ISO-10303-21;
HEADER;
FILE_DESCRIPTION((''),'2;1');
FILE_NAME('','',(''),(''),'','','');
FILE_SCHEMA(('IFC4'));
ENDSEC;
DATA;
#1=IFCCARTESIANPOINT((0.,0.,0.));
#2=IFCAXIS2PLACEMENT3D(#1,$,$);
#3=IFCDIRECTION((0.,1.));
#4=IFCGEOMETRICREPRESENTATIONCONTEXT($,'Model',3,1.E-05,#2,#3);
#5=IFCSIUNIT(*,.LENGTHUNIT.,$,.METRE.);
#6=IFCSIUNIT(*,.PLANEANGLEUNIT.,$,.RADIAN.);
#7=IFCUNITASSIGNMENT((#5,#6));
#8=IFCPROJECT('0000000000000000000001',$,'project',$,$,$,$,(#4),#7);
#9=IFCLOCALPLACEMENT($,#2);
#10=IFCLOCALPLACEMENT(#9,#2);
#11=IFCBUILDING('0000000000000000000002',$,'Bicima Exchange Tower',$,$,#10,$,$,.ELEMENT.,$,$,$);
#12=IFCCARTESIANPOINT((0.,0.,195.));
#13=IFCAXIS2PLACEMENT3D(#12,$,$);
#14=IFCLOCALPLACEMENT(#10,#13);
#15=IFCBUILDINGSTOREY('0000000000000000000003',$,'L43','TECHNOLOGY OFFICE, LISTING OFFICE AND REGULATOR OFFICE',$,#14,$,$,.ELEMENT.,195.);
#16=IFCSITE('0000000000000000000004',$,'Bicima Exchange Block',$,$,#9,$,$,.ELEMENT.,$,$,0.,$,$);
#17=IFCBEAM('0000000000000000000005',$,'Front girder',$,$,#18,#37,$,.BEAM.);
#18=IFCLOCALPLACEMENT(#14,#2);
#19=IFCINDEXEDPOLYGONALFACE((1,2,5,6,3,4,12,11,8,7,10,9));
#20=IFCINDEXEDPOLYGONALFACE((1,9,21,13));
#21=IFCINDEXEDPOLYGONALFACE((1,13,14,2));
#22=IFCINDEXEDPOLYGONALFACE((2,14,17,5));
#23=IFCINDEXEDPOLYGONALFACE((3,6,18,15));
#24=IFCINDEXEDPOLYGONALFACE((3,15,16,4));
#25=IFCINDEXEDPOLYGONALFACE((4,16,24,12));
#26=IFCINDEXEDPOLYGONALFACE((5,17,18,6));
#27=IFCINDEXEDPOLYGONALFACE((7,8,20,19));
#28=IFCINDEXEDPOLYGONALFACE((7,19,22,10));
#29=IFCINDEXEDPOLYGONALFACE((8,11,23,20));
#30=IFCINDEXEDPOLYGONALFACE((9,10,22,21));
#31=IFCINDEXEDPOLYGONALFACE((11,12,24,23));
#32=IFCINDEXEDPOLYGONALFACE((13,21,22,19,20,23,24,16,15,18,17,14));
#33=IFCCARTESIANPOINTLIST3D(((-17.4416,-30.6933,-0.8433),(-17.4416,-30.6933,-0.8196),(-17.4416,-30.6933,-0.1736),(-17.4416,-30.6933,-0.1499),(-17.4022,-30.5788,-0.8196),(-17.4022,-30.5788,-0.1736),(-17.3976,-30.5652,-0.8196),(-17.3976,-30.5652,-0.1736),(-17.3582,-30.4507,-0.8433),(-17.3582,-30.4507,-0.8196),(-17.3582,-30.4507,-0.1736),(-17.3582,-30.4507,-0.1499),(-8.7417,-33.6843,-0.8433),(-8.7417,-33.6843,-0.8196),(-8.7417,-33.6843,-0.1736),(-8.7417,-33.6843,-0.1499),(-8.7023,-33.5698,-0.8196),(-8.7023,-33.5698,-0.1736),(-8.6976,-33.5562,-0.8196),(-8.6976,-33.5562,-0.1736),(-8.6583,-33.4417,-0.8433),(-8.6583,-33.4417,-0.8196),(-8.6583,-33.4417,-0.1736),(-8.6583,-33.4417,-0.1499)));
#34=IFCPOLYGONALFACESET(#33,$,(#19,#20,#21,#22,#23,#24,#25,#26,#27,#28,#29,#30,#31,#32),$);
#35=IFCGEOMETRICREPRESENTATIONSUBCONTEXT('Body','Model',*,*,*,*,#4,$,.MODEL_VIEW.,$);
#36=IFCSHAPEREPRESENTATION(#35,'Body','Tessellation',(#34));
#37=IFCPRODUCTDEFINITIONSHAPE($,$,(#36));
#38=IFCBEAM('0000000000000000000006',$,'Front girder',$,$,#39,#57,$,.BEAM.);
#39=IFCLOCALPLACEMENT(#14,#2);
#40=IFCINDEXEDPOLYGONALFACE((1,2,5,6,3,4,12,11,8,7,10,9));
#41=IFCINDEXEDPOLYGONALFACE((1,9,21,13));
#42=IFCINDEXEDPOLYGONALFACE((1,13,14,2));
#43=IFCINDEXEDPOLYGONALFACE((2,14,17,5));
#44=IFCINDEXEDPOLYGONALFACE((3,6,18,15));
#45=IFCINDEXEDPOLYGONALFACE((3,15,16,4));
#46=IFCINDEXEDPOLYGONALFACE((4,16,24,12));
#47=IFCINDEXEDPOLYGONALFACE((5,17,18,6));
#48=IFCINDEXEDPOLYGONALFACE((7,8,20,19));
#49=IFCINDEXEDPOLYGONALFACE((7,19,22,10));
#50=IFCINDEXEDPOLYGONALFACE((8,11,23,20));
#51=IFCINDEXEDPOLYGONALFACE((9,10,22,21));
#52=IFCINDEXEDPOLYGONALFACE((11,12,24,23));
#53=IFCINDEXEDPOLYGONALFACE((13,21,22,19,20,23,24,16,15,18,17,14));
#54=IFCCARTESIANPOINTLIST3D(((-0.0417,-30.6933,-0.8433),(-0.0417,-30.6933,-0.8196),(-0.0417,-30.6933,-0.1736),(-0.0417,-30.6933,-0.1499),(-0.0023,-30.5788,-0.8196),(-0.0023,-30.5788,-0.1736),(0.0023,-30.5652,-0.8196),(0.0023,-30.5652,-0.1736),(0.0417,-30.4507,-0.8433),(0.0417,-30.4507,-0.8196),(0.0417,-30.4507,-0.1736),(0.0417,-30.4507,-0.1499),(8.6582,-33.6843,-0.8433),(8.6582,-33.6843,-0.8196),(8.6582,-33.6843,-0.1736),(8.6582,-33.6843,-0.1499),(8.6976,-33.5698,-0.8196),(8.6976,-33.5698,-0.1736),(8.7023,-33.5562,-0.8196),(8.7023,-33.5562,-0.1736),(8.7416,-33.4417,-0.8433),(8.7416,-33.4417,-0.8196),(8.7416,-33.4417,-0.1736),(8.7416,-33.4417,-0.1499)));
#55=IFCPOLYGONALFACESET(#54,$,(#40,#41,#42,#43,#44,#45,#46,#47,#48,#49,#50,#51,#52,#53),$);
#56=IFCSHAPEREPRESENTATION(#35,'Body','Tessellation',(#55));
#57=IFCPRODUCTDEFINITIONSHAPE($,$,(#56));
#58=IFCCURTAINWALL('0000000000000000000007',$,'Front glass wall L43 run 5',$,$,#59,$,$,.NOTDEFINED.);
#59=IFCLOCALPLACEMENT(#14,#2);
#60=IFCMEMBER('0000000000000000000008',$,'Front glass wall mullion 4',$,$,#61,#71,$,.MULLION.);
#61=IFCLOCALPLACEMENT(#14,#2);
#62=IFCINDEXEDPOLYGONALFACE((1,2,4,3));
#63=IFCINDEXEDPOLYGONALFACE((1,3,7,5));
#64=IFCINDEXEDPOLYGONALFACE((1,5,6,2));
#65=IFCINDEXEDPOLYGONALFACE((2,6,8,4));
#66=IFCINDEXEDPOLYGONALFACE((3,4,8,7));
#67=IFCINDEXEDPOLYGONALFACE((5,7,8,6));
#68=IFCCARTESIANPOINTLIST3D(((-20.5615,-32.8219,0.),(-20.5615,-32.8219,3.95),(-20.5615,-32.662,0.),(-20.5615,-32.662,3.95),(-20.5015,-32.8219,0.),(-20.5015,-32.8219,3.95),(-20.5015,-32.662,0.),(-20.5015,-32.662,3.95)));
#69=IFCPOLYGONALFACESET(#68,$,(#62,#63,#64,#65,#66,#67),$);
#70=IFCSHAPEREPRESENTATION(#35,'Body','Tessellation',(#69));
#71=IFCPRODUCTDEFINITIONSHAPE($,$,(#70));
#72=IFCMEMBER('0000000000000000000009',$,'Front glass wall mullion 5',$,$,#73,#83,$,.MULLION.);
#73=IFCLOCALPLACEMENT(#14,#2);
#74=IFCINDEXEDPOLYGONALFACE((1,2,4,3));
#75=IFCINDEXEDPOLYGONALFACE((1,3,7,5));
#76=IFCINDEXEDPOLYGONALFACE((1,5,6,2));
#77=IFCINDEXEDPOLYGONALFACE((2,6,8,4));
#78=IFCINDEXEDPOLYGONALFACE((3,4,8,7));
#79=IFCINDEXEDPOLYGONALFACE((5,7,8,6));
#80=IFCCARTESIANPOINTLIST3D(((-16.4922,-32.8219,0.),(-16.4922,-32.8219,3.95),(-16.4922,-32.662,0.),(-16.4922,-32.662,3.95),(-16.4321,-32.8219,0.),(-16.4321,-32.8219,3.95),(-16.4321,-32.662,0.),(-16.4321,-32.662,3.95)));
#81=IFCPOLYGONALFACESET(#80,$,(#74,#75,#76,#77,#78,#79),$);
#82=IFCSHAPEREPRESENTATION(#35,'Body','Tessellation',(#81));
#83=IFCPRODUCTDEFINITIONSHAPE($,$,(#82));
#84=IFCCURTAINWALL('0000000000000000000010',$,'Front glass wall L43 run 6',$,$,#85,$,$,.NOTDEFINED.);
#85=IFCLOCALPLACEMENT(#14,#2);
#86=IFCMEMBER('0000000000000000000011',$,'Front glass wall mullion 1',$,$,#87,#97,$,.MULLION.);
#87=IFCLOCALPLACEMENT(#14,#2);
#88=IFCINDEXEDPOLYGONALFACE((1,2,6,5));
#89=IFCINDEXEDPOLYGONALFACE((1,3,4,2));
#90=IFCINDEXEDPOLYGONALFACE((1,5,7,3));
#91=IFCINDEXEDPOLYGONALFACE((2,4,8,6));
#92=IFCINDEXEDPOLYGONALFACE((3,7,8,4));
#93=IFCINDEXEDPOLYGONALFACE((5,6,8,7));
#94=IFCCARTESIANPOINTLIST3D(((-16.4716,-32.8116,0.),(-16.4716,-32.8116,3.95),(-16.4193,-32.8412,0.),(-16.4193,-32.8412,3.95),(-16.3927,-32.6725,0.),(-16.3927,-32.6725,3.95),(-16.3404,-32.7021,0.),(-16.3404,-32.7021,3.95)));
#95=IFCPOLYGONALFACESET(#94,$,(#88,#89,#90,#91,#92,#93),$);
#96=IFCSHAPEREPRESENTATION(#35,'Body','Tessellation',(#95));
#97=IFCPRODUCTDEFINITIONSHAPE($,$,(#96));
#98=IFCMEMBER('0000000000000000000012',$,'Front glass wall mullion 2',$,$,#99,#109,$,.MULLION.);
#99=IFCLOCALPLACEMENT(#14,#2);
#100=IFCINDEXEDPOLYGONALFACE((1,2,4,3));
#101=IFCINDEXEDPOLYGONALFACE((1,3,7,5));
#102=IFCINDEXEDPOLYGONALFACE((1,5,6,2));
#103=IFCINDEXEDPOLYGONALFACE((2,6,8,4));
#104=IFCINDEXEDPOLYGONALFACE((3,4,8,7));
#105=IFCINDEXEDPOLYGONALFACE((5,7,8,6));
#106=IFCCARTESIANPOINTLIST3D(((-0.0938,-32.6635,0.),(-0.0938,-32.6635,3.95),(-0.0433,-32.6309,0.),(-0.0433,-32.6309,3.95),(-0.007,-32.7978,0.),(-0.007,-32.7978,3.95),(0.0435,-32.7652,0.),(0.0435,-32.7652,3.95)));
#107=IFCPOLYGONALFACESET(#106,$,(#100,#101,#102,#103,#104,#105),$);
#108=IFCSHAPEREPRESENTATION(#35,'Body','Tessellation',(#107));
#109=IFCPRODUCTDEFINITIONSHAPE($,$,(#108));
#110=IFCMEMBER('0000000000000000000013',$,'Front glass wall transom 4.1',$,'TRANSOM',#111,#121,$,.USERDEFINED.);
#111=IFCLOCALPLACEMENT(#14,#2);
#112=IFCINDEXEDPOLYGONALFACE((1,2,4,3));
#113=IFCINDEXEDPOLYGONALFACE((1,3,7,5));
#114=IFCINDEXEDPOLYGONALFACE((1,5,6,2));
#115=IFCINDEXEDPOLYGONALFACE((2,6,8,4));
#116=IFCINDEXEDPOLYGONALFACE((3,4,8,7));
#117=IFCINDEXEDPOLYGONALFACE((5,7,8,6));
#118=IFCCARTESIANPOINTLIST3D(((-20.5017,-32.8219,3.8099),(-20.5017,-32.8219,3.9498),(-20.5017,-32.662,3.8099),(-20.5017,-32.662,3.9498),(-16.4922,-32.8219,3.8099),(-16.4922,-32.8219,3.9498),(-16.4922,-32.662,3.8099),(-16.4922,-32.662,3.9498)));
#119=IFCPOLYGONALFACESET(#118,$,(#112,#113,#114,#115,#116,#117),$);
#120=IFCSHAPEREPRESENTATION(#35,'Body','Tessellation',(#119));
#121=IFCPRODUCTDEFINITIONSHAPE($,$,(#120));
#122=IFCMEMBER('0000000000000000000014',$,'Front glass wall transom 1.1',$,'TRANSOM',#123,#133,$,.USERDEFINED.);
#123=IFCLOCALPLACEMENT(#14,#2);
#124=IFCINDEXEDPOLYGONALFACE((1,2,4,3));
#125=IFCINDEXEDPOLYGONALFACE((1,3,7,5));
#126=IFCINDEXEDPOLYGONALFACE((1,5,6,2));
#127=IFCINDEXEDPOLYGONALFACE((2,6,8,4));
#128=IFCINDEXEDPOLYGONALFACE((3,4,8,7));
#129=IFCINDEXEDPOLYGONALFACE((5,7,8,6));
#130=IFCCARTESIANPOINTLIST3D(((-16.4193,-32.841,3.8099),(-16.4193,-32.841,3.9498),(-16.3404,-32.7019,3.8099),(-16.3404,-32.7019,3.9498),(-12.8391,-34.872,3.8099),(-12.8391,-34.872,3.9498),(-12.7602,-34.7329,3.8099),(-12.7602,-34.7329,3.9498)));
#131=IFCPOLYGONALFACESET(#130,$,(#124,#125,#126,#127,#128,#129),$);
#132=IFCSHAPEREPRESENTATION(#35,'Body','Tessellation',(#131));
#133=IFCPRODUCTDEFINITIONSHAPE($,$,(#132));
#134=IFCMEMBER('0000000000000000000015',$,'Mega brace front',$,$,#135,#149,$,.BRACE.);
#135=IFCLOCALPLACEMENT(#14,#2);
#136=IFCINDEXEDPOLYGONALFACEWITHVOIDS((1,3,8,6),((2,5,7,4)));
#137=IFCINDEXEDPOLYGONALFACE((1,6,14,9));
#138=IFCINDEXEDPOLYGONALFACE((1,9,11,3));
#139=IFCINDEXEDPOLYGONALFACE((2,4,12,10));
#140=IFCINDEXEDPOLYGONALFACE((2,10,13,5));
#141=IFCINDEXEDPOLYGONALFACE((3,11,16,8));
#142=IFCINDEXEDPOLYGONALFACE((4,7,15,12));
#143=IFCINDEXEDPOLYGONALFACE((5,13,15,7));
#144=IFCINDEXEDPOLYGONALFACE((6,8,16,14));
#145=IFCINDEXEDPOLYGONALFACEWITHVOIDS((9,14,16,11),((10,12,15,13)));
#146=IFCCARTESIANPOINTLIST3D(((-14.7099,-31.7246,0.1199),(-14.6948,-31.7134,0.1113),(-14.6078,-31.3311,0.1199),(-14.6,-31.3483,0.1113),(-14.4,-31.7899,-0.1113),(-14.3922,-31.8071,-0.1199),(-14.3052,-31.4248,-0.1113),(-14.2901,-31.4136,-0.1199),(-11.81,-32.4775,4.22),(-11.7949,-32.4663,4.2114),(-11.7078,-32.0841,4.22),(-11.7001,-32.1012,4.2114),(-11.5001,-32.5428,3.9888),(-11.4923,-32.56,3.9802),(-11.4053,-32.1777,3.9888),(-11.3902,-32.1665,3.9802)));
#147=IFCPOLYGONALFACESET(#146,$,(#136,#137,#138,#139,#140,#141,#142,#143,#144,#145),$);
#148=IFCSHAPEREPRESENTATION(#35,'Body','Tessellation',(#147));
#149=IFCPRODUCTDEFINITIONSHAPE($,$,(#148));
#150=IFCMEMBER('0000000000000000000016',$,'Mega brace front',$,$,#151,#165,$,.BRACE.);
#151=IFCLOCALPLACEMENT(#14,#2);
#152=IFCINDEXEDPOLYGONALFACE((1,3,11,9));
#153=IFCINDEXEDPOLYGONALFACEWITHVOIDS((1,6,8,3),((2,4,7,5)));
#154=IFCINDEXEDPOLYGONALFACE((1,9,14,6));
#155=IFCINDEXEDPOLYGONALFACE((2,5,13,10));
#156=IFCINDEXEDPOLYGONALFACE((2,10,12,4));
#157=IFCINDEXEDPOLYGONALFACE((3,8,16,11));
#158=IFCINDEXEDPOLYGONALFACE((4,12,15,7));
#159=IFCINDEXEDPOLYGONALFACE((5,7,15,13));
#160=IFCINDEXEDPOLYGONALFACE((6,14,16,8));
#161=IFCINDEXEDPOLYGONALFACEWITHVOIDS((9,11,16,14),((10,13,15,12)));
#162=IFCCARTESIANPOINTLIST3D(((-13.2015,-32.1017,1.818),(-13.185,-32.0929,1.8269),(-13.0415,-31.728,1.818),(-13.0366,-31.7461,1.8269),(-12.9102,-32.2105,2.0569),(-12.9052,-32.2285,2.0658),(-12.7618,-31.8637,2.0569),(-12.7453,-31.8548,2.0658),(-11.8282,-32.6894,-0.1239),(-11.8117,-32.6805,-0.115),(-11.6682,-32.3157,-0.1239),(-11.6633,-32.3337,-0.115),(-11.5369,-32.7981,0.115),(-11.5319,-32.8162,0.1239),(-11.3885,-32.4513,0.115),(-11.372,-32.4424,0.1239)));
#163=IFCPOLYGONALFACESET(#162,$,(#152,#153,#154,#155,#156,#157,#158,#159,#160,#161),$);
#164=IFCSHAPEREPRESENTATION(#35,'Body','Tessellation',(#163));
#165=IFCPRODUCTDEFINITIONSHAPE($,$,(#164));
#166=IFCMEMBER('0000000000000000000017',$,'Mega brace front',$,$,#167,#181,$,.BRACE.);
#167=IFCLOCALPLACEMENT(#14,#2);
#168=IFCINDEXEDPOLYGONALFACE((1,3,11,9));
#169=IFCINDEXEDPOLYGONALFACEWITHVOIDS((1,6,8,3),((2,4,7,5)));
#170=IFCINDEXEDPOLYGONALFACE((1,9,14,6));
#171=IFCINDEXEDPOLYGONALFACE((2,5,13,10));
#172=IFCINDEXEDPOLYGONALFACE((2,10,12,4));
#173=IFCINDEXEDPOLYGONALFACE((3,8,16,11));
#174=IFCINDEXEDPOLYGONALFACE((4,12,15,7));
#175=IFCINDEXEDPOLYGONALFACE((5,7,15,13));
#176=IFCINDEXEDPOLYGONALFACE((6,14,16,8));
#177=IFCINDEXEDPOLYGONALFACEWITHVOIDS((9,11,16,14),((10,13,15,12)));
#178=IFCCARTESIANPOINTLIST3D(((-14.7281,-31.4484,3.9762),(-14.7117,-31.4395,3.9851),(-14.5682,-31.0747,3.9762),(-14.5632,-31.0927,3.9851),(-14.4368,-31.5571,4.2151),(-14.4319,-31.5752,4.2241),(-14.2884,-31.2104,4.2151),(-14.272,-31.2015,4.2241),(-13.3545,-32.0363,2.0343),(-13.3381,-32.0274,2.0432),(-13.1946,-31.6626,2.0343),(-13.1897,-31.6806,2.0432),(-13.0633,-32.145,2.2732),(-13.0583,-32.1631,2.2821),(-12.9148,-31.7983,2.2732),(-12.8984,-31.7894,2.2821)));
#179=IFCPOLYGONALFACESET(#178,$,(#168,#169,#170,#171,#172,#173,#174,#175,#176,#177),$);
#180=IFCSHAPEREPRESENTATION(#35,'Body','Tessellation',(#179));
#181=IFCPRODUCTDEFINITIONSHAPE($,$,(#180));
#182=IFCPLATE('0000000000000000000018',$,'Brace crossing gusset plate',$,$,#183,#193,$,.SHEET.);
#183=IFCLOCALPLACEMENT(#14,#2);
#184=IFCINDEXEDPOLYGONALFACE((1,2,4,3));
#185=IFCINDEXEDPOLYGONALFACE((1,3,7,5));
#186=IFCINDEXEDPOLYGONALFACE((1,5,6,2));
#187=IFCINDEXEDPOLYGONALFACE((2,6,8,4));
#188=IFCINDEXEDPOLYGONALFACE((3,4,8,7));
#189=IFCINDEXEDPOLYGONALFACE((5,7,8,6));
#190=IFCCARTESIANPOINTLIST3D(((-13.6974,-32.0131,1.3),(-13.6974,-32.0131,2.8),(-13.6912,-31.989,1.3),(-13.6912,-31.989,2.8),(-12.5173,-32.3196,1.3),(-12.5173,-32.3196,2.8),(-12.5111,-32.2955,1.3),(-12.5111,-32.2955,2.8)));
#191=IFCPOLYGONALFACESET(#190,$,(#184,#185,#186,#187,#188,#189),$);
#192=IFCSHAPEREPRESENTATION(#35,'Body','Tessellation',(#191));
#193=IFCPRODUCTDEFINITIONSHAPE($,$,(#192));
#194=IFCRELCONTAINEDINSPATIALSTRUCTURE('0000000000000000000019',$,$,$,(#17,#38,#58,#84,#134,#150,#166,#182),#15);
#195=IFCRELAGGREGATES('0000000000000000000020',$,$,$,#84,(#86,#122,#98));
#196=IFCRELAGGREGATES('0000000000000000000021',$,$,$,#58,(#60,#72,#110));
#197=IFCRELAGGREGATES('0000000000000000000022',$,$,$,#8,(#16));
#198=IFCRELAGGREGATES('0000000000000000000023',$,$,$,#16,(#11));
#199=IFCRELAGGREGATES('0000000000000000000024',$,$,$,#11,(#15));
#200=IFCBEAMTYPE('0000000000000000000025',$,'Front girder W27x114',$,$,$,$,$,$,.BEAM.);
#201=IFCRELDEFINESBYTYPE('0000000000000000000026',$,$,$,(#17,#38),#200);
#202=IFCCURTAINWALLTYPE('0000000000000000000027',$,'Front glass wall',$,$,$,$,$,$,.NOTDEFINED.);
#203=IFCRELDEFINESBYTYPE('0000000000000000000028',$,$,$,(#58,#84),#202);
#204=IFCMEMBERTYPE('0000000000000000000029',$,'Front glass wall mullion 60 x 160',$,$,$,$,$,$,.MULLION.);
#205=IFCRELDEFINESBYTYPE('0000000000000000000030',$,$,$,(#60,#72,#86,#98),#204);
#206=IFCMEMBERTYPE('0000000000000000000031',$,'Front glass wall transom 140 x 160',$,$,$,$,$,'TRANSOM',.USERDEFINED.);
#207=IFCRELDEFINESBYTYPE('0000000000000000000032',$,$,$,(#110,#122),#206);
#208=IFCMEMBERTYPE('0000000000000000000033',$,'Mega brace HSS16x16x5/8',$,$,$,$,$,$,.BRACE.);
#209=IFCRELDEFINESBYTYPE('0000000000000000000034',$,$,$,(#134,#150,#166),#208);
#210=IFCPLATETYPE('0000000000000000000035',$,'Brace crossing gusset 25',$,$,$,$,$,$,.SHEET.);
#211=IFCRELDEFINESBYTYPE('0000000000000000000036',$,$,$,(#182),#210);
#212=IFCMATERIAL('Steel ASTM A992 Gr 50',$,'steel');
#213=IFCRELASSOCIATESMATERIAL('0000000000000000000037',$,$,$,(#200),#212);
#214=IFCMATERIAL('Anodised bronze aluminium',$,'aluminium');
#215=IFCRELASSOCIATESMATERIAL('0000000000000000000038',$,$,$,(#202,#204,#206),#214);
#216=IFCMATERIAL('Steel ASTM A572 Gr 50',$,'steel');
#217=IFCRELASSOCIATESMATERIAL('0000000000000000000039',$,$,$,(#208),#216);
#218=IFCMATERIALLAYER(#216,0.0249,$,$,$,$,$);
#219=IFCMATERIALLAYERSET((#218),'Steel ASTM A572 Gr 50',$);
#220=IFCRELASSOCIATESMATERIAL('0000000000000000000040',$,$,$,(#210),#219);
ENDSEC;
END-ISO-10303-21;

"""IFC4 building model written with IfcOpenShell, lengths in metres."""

from ifc_helpers import new_model, si_unit, direction, frame, origin, origin_2d, place, context, subcontext, project, spatial, rectangle, hollow_rectangle, i_section, extrude, material, layer, layer_set, material_profile, profile_set, type_object, element, aggregate, save


model = new_model("IFC4")

# Units and contexts
model_context = context("Model", 3, precision=1e-05, world=origin(), true_north=direction((0.0, 1.0)))
body_context = subcontext(model_context, "Body", "Model", "MODEL_VIEW")
ifc_project = project(units=[si_unit("LENGTHUNIT", "METRE"), si_unit("PLANEANGLEUNIT", "RADIAN")], contexts=[model_context])

# Site, building, storey
site_placement = place(None, origin())
site = spatial("IfcSite", under=ifc_project, at=site_placement, Name="Bicima Exchange Block", CompositionType="ELEMENT", RefElevation=0.0)
building_placement = place(site_placement, origin())
building = spatial("IfcBuilding", under=site, at=building_placement, Name="Bicima Exchange Tower", CompositionType="ELEMENT")
storey_placement = place(building_placement, frame((0.0, 0.0, 195.0)))
storey = spatial("IfcBuildingStorey", under=building, at=storey_placement, Name="L43", Description="TECHNOLOGY OFFICE, LISTING OFFICE AND REGULATOR OFFICE", CompositionType="ELEMENT", Elevation=195.0)

# Shared definitions
ifc_material_1 = material(Name="Steel ASTM A992 Gr 50", Category="steel")

# Beams
ifc_material_profile_1 = material_profile(ifc_material_1, i_section(OverallWidth=0.2566, OverallDepth=0.6934, WebThickness=0.0144, FlangeThickness=0.0237, at=origin_2d()))
ifc_profile_set_1 = profile_set([ifc_material_profile_1], Name="Steel ASTM A992 Gr 50")
beam_type_1 = type_object("IfcBeamType", Name="Front girder W27x114", PredefinedType="BEAM", material=ifc_profile_set_1)
for number, where, z_axis, x_axis, name in (
    (1, (-17.3999, -30.572, -0.4966), (0.945675, -0.325115, 0.0), (0.325115, 0.945675, 0.0), "Front girder"),
    (2, (0.0, -30.572, -0.4966), (0.945675, -0.325115, 0.0), (0.325115, 0.945675, 0.0), "Front girder"),
):
    element("IfcBeam", number, at=place(storey_placement, frame(where, z_axis=z_axis, x_axis=x_axis)), inside=storey, type_object=beam_type_1, Name=name, PredefinedType="BEAM", context=body_context, shape_type="SweptSolid", body=[
        extrude(i_section(OverallWidth=0.2566, OverallDepth=0.6934, WebThickness=0.0144, FlangeThickness=0.0237, at=origin_2d()), origin(), (0.0, 0.0, 1.0), 9.1997),
    ])

# Curtain walls, members
ifc_material_2 = material(Name="Anodised bronze aluminium", Category="aluminium")
curtain_wall_type = type_object("IfcCurtainWallType", Name="Front glass wall", PredefinedType="NOTDEFINED", material=ifc_material_2)
curtain_wall_1_placement = place(storey_placement, origin())
curtain_wall_1 = element("IfcCurtainWall", 3, at=curtain_wall_1_placement, inside=storey, type_object=curtain_wall_type, Name="Front glass wall L43 run 5", PredefinedType="NOTDEFINED")
ifc_material_profile_2 = material_profile(ifc_material_2, rectangle(XDim=0.1599, YDim=0.0601, at=origin_2d()))
ifc_profile_set_2 = profile_set([ifc_material_profile_2], Name="Anodised bronze aluminium")
member_type_1 = type_object("IfcMemberType", Name="Front glass wall mullion 60 x 160", PredefinedType="MULLION", material=ifc_profile_set_2)
member_1_placement = place(storey_placement, frame((-20.5315, -32.7419, 0.0), z_axis=(0.0, 0.0, 1.0), x_axis=(0.0, 1.0, 0.0)))
member_1 = element("IfcMember", 4, at=member_1_placement, type_object=member_type_1, Name="Front glass wall mullion 4", PredefinedType="MULLION", context=body_context, shape_type="SweptSolid", body=[
    extrude(rectangle(XDim=0.1599, YDim=0.0601, at=origin_2d()), origin(), (0.0, 0.0, 1.0), 3.95),
])
member_2_placement = place(storey_placement, frame((-16.4622, -32.7419, 0.0), z_axis=(0.0, 0.0, 1.0), x_axis=(0.0, 1.0, 0.0)))
member_2 = element("IfcMember", 5, at=member_2_placement, type_object=member_type_1, Name="Front glass wall mullion 5", PredefinedType="MULLION", context=body_context, shape_type="SweptSolid", body=[
    extrude(rectangle(XDim=0.1599, YDim=0.0601, at=origin_2d()), origin(), (0.0, 0.0, 1.0), 3.95),
])
curtain_wall_2_placement = place(storey_placement, origin())
curtain_wall_2 = element("IfcCurtainWall", 6, at=curtain_wall_2_placement, inside=storey, type_object=curtain_wall_type, Name="Front glass wall L43 run 6", PredefinedType="NOTDEFINED")
member_3_placement = place(storey_placement, frame((-16.406, -32.7568, 0.0), z_axis=(0.0, 0.0, 1.0), x_axis=(0.493395, 0.869805, 0.0)))
member_3 = element("IfcMember", 7, at=member_3_placement, type_object=member_type_1, Name="Front glass wall mullion 1", PredefinedType="MULLION", context=body_context, shape_type="SweptSolid", body=[
    extrude(rectangle(XDim=0.1599, YDim=0.0601, at=origin_2d()), origin(), (0.0, 0.0, 1.0), 3.95),
])
member_4_placement = place(storey_placement, frame((-0.0251, -32.7144, 0.0), z_axis=(0.0, 0.0, 1.0), x_axis=(-0.542897, 0.839799, 0.0)))
member_4 = element("IfcMember", 8, at=member_4_placement, type_object=member_type_1, Name="Front glass wall mullion 2", PredefinedType="MULLION", context=body_context, shape_type="SweptSolid", body=[
    extrude(rectangle(XDim=0.1599, YDim=0.0601, at=origin_2d()), origin(), (0.0, 0.0, 1.0), 3.95),
])

# Members
ifc_material_profile_3 = material_profile(ifc_material_2, rectangle(XDim=0.1599, YDim=0.1399, at=origin_2d()))
ifc_profile_set_3 = profile_set([ifc_material_profile_3], Name="Anodised bronze aluminium")
member_type_2 = type_object("IfcMemberType", Name="Front glass wall transom 140 x 160", ElementType="TRANSOM", PredefinedType="USERDEFINED", material=ifc_profile_set_3)
member_5_placement = place(storey_placement, frame((-20.5017, -32.7419, 3.8799), z_axis=(1.0, 0.0, 0.0), x_axis=(0.0, 1.0, 0.0)))
member_5 = element("IfcMember", 9, at=member_5_placement, type_object=member_type_2, Name="Front glass wall transom 4.1", ObjectType="TRANSOM", PredefinedType="USERDEFINED", context=body_context, shape_type="SweptSolid", body=[
    extrude(rectangle(XDim=0.1599, YDim=0.1399, at=origin_2d()), origin(), (0.0, 0.0, 1.0), 4.0095),
])
member_6_placement = place(storey_placement, frame((-16.3799, -32.7715, 3.8799), z_axis=(0.869797, -0.493409, 0.0), x_axis=(0.493409, 0.869797, 0.0)))
member_6 = element("IfcMember", 10, at=member_6_placement, type_object=member_type_2, Name="Front glass wall transom 1.1", ObjectType="TRANSOM", PredefinedType="USERDEFINED", context=body_context, shape_type="SweptSolid", body=[
    extrude(rectangle(XDim=0.1599, YDim=0.1399, at=origin_2d()), origin(), (0.0, 0.0, 1.0), 4.1162),
])
aggregate(curtain_wall_2, [member_3, member_6, member_4])

# Members
ifc_material_3 = material(Name="Steel ASTM A572 Gr 50", Category="steel")
ifc_material_profile_4 = material_profile(ifc_material_3, hollow_rectangle(XDim=0.4065, YDim=0.4065, WallThickness=0.0146, at=origin_2d()))
ifc_profile_set_4 = profile_set([ifc_material_profile_4], Name="Steel ASTM A572 Gr 50")
member_type_3 = type_object("IfcMemberType", Name="Mega brace HSS16x16x5/8", PredefinedType="BRACE", material=ifc_profile_set_4)
member_7_placement = place(storey_placement, frame((-14.5, -31.5691, 0.0), z_axis=(0.57106, -0.14827, 0.807407), x_axis=(0.251307, 0.967907, 0.0)))
element("IfcMember", 11, at=member_7_placement, inside=storey, type_object=member_type_3, Name="Mega brace front", PredefinedType="BRACE", context=body_context, shape_type="SweptSolid", body=[
    extrude(hollow_rectangle(XDim=0.4065, YDim=0.4065, WallThickness=0.0146, at=origin_2d()), origin(), (0.0, 0.0, 1.0), 5.0781),
])
member_8_placement = place(storey_placement, frame((-11.6001, -32.5659, 0.0), z_axis=(-0.56054, 0.239861, 0.792629), x_axis=(-0.393406, -0.919365, 0.0)))
element("IfcMember", 12, at=member_8_placement, inside=storey, type_object=member_type_3, Name="Mega brace front", PredefinedType="BRACE", context=body_context, shape_type="SweptSolid", body=[
    extrude(hollow_rectangle(XDim=0.4065, YDim=0.4065, WallThickness=0.0146, at=origin_2d()), origin(), (0.0, 0.0, 1.0), 2.45),
])
member_9_placement = place(storey_placement, frame((-13.1265, -31.9128, 2.1582), z_axis=(-0.560595, 0.239942, 0.792566), x_axis=(-0.393485, -0.919331, 0.0)))
element("IfcMember", 13, at=member_9_placement, inside=storey, type_object=member_type_3, Name="Mega brace front", PredefinedType="BRACE", context=body_context, shape_type="SweptSolid", body=[
    extrude(hollow_rectangle(XDim=0.4065, YDim=0.4065, WallThickness=0.0146, at=origin_2d()), origin(), (0.0, 0.0, 1.0), 2.4502),
])

# Plate
ifc_layer_1 = layer(ifc_material_3, 0.0249)
ifc_layer_set_1 = layer_set([ifc_layer_1], Name="Steel ASTM A572 Gr 50")
plate_type_1 = type_object("IfcPlateType", Name="Brace crossing gusset 25", PredefinedType="SHEET", material=ifc_layer_set_1)
plate_1_placement = place(storey_placement, frame((-13.1042, -32.1543, 1.3), z_axis=(0.0, 0.0, 1.0), x_axis=(0.967902, -0.25133, 0.0)))
element("IfcPlate", 14, at=plate_1_placement, inside=storey, type_object=plate_type_1, Name="Brace crossing gusset plate", PredefinedType="SHEET", context=body_context, shape_type="SweptSolid", body=[
    extrude(rectangle(XDim=1.2192, YDim=0.0249, at=origin_2d()), origin(), (0.0, 0.0, 1.0), 1.5),
])
aggregate(curtain_wall_1, [member_1, member_2, member_5])

save(model, "model.ifc")
